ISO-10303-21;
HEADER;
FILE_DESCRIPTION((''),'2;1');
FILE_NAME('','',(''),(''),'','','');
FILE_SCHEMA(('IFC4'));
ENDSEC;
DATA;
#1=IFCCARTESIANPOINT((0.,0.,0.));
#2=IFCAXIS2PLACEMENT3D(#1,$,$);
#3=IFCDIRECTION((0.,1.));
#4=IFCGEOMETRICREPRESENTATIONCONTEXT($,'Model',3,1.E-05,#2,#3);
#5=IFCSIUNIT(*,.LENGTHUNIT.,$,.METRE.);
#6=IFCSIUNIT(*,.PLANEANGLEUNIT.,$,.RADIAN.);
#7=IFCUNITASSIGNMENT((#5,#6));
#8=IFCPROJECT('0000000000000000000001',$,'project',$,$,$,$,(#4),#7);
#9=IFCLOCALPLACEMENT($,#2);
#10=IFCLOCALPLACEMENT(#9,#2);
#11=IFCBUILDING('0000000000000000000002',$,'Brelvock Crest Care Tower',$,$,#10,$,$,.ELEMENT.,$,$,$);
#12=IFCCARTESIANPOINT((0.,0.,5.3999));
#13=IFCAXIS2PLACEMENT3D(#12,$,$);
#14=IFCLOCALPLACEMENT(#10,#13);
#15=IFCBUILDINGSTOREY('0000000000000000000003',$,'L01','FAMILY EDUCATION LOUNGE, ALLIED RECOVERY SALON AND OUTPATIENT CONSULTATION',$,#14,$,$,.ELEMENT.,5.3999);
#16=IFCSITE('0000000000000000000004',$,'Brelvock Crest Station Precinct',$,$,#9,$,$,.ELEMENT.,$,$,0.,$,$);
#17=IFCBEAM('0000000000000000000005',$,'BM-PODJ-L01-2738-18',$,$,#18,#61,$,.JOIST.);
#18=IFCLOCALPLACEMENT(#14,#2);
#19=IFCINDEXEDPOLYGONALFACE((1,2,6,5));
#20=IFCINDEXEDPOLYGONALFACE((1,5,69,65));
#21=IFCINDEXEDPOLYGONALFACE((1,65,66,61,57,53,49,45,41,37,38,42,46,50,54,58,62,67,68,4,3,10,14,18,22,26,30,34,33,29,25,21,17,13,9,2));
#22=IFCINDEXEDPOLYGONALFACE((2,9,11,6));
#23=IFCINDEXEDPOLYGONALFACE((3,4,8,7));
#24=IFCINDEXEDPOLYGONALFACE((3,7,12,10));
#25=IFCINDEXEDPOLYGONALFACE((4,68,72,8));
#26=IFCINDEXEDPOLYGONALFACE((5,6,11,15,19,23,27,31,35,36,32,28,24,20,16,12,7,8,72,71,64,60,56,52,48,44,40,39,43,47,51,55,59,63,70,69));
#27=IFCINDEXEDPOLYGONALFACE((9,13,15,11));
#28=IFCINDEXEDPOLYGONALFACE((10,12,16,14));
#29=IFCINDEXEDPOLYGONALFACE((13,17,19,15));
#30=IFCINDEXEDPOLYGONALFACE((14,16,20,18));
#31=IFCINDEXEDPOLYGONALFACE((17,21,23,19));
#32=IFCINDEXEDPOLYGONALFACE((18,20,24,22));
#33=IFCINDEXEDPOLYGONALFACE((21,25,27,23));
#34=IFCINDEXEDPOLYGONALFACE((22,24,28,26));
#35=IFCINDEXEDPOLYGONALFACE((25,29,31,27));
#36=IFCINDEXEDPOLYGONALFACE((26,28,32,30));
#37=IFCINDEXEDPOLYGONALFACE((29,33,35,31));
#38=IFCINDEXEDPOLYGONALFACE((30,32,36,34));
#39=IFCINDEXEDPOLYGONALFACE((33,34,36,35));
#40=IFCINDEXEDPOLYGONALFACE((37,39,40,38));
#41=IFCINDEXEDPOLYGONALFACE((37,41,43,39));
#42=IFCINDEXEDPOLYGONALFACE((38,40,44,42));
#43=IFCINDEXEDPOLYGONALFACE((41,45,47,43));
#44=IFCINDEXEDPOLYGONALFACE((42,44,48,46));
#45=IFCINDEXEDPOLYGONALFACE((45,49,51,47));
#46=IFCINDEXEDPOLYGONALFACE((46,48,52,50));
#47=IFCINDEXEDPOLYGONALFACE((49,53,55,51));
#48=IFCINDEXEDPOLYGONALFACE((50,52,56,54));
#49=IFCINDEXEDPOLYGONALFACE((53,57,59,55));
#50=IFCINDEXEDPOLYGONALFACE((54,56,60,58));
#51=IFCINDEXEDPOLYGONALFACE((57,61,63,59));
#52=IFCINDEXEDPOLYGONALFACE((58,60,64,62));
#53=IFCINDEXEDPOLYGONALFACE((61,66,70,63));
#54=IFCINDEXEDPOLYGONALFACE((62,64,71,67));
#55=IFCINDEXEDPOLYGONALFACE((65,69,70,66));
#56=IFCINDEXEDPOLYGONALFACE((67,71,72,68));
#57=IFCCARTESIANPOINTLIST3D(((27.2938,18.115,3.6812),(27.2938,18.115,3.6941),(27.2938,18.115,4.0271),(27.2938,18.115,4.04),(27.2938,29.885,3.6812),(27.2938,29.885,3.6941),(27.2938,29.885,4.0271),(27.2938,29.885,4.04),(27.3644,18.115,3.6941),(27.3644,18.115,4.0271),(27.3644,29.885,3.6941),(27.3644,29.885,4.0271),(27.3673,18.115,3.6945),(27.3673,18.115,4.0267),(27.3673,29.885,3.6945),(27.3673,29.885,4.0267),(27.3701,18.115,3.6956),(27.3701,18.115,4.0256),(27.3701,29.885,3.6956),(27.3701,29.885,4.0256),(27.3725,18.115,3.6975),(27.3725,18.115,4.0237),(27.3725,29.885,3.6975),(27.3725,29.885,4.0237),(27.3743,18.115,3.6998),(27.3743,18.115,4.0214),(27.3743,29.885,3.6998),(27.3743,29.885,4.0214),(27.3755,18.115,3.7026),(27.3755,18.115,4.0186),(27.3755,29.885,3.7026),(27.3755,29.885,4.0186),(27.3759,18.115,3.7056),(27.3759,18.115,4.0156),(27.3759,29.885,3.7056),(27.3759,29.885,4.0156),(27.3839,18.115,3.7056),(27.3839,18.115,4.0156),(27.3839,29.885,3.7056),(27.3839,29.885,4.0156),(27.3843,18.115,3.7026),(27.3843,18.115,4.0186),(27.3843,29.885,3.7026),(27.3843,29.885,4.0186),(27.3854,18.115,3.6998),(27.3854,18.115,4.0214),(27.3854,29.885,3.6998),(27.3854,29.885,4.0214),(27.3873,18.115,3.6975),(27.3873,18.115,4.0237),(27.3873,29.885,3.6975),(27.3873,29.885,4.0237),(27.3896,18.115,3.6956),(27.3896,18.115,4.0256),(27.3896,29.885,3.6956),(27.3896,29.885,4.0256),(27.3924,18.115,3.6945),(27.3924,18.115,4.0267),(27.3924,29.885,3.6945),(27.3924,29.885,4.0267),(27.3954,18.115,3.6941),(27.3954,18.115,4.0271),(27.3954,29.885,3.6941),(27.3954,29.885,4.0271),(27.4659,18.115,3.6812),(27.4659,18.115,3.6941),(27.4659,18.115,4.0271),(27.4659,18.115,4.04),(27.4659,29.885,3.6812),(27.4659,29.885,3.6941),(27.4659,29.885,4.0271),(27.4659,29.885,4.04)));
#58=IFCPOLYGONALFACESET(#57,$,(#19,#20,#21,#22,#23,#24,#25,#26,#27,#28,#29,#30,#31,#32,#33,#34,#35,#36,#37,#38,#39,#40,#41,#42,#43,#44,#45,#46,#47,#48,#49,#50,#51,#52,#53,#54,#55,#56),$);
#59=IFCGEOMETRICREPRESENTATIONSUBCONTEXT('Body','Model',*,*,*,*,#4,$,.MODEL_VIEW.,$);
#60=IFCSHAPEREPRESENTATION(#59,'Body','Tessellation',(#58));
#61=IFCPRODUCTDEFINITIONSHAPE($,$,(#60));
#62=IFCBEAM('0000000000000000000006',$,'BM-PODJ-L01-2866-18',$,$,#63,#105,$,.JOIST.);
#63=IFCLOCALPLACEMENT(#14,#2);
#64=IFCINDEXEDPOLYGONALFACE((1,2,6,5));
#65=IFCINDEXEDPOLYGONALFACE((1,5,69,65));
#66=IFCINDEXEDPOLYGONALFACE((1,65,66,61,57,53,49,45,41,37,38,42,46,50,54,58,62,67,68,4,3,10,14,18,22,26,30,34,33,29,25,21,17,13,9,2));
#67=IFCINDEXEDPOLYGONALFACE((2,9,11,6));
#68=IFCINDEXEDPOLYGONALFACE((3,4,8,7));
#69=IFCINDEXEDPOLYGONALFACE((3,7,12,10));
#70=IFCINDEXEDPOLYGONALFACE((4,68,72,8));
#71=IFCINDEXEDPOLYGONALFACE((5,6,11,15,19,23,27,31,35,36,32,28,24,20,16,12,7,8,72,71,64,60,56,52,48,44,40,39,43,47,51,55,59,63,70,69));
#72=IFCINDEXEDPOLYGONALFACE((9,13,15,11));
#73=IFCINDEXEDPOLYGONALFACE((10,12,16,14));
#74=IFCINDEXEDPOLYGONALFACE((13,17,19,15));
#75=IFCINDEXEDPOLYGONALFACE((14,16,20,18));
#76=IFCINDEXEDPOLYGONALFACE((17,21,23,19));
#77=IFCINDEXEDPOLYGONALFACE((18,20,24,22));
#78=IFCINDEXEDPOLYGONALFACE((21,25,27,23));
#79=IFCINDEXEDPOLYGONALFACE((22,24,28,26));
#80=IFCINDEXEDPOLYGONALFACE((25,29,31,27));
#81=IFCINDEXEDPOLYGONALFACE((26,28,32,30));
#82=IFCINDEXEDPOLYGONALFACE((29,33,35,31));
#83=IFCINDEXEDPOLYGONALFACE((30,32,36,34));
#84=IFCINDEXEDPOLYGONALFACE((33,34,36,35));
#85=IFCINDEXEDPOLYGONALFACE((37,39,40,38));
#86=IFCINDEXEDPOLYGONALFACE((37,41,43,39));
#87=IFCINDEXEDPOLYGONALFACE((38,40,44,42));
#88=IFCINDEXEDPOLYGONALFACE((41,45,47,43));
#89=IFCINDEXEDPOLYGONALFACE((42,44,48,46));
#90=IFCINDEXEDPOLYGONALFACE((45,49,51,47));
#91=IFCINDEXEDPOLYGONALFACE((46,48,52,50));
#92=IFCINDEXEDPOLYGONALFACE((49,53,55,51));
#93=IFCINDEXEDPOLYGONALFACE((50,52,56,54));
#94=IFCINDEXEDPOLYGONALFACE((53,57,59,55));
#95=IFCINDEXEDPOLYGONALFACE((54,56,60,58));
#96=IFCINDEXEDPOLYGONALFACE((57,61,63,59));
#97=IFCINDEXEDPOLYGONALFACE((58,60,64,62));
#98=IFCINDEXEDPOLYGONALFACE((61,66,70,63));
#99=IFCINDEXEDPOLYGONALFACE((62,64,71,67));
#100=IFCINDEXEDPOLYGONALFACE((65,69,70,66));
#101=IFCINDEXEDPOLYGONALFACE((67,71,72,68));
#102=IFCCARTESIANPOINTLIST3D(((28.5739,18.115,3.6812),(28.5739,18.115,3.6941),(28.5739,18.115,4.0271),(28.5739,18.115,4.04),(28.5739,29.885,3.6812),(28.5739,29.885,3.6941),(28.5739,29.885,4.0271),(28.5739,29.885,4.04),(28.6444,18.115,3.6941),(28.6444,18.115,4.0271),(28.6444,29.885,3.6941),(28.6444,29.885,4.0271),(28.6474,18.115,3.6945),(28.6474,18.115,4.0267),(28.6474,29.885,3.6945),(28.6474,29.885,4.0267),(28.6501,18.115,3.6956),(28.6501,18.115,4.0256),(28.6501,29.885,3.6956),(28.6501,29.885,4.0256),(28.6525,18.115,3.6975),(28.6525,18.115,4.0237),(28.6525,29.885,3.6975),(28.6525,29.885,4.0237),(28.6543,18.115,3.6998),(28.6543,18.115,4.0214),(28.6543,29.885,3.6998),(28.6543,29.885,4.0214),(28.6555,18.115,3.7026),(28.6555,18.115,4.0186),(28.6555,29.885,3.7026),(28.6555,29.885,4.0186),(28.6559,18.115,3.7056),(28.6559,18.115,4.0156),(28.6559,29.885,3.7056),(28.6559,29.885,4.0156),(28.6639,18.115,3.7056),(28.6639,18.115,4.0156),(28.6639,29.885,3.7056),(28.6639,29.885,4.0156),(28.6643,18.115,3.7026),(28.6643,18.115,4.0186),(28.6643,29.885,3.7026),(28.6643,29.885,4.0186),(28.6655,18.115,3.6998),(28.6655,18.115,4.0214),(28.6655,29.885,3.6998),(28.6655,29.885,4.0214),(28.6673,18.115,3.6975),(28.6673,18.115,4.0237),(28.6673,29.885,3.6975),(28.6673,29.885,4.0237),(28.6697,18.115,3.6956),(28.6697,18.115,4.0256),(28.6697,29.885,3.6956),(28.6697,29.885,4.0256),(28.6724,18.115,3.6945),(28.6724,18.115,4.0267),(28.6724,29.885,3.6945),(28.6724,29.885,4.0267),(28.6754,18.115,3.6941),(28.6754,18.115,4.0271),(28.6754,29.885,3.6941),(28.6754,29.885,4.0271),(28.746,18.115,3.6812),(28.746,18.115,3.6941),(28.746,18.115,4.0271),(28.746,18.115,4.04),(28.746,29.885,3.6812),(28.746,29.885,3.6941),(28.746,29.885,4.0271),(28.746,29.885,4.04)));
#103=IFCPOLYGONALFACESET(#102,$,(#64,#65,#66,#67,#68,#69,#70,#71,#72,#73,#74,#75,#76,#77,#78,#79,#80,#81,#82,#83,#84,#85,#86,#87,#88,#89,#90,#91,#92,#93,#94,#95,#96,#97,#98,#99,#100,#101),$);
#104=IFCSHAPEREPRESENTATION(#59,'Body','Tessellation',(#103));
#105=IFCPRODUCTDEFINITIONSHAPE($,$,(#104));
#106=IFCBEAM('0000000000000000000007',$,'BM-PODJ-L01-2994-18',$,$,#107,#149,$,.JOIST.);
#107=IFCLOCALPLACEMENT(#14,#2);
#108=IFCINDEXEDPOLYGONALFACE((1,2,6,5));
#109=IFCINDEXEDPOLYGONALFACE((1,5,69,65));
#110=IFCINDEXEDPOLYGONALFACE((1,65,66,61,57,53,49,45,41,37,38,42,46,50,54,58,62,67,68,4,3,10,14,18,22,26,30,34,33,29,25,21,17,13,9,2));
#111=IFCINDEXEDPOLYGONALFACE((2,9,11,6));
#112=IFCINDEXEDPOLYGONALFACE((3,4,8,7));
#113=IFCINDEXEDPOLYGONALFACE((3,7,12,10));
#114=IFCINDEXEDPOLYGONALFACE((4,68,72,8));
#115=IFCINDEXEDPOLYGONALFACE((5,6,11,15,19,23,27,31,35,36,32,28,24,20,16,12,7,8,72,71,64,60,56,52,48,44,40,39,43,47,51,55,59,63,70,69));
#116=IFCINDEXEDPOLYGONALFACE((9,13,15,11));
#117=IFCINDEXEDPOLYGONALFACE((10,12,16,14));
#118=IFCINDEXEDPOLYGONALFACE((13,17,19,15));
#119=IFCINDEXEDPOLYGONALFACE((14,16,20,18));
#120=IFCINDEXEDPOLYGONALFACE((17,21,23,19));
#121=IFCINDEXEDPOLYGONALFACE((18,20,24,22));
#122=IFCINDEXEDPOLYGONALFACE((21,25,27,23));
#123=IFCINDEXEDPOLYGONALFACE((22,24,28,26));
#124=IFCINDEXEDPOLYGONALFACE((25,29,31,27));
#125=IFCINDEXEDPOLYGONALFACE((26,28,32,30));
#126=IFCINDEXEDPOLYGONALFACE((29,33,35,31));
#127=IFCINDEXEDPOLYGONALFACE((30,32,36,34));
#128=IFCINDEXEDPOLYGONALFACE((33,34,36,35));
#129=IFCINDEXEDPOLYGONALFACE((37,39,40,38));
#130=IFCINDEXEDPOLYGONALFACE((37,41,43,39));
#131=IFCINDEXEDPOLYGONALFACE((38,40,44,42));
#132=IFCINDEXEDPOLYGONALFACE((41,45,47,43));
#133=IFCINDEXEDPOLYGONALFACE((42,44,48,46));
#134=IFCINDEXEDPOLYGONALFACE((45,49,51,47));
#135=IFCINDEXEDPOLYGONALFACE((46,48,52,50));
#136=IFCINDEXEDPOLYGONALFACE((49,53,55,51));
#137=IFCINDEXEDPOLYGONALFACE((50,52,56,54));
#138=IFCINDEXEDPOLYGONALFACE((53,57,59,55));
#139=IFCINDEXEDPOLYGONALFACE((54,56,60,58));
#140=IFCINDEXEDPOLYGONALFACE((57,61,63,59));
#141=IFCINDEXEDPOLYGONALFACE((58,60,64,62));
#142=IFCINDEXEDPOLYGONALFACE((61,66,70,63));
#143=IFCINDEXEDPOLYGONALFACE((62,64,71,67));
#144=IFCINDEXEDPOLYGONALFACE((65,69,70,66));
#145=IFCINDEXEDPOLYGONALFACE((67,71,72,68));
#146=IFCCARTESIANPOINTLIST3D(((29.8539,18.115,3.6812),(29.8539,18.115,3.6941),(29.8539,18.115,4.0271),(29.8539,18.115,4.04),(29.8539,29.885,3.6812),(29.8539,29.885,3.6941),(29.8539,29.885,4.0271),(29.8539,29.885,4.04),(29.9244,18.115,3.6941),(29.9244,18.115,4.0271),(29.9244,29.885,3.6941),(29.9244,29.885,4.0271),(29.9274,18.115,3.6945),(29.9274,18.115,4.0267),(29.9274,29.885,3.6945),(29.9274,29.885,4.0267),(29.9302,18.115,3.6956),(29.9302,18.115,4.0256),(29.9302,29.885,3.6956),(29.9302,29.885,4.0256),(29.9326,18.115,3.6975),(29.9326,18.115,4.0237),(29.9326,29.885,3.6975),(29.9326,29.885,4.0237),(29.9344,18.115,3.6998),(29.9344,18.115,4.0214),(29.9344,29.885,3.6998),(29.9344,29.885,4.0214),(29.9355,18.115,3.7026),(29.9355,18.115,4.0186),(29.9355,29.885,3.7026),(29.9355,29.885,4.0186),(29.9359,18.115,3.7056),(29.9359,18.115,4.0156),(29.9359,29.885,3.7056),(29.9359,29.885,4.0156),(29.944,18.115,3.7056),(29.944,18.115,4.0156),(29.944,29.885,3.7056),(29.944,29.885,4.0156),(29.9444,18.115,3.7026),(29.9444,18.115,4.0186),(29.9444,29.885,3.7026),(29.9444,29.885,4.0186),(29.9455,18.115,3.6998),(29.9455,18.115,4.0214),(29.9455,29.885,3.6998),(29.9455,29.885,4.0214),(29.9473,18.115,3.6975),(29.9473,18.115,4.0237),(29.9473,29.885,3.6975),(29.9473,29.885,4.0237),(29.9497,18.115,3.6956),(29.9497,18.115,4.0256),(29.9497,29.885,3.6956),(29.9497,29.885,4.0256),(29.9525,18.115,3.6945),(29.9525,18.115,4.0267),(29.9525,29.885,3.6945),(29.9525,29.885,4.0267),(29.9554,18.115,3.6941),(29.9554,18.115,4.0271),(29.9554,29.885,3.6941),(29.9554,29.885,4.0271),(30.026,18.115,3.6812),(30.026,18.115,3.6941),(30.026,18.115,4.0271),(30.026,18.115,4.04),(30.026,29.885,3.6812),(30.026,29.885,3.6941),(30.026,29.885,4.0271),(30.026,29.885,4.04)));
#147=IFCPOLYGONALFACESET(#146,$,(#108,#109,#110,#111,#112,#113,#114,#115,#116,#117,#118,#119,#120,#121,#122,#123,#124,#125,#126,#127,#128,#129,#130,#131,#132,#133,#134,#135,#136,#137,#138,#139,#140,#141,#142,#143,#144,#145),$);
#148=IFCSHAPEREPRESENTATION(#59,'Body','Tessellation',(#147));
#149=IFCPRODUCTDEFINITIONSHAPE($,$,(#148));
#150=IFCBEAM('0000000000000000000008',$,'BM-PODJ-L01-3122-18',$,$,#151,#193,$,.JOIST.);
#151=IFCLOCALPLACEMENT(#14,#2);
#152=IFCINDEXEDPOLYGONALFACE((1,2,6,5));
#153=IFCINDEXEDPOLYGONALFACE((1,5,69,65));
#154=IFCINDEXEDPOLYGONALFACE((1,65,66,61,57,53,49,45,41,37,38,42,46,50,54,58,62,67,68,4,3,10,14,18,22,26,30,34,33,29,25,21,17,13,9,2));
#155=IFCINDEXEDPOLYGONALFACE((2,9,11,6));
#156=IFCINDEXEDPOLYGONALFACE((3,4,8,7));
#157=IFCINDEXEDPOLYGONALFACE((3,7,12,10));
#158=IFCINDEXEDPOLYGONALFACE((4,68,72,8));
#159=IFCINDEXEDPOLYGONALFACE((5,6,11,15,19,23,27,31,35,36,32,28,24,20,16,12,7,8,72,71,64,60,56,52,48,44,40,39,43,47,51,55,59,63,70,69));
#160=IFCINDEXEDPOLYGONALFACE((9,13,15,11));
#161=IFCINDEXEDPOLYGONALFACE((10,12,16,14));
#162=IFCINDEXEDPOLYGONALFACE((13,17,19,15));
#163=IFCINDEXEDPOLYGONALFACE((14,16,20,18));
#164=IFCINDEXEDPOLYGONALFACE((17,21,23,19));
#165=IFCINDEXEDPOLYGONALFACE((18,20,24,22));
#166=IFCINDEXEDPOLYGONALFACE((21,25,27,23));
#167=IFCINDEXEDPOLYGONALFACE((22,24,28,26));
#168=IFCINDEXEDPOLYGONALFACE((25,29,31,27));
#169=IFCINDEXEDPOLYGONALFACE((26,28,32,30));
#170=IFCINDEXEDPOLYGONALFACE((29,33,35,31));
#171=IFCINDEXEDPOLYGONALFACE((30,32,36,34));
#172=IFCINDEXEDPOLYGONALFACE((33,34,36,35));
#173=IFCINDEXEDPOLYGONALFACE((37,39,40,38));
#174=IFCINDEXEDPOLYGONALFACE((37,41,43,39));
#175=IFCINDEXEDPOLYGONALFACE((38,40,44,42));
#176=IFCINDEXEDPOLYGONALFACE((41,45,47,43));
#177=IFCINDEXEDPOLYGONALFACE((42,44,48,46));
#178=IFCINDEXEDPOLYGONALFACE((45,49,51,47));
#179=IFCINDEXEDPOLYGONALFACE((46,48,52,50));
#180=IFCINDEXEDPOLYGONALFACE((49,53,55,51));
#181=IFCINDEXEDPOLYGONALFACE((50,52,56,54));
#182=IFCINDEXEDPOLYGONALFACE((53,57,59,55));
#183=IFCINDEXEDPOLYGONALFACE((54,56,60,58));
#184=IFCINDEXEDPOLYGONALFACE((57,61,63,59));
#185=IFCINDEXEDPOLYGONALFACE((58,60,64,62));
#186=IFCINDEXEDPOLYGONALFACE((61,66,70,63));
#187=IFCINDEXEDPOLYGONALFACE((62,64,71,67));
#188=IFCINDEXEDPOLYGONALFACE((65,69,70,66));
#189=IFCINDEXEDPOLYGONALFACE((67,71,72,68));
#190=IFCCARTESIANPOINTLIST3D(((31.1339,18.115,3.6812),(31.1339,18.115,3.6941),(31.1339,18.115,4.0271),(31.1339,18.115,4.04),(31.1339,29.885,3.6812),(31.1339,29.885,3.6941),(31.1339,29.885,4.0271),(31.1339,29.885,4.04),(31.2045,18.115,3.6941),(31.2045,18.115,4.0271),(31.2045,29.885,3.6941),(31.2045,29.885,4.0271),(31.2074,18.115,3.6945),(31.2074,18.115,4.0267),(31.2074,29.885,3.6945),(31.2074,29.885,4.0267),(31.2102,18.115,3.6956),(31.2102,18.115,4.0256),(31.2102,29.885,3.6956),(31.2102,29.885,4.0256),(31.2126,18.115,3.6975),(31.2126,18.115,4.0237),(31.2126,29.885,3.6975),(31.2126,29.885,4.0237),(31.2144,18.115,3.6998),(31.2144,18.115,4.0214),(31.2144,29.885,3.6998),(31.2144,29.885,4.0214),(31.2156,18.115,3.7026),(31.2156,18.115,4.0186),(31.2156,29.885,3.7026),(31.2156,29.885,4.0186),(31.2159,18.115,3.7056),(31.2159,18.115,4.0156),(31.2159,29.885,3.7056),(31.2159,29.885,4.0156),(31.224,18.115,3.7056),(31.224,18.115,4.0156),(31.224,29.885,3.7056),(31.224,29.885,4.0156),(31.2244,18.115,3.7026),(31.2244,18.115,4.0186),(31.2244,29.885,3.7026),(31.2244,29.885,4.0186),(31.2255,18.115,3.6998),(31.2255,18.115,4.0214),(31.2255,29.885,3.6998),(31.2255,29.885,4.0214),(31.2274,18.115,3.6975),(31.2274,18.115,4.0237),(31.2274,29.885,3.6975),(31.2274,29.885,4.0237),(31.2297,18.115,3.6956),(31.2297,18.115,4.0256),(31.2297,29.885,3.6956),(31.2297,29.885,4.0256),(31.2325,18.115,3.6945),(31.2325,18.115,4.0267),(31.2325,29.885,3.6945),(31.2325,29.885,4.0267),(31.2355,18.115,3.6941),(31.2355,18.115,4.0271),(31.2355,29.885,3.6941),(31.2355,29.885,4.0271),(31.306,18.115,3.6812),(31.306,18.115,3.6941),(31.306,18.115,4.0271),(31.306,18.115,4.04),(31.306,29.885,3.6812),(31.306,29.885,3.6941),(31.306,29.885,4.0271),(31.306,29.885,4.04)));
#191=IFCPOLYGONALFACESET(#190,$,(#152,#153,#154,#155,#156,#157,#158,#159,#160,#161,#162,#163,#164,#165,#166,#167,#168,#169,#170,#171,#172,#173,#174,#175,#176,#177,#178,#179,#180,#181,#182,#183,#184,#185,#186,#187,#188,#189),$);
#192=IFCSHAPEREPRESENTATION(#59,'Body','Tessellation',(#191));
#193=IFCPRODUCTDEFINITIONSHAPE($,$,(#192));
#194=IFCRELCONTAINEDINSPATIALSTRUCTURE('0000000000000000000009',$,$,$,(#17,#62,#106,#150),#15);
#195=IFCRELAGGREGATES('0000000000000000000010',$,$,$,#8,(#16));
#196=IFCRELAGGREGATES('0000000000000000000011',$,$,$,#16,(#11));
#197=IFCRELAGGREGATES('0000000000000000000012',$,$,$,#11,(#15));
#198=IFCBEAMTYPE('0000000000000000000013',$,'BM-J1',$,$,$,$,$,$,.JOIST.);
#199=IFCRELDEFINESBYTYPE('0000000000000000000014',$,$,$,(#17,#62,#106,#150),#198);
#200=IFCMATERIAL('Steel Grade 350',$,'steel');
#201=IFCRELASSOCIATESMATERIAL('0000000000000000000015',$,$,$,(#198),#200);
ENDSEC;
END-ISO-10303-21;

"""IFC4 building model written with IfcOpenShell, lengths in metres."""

from ifc_helpers import new_model, si_unit, direction, frame, origin, origin_2d, place, context, subcontext, project, spatial, i_section, extrude, source, transform, mapped, material, material_profile, profile_set, type_object, element, save


model = new_model("IFC4")

# Units and contexts
model_context = context("Model", 3, precision=1e-05, world=origin(), true_north=direction((0.0, 1.0)))
body_context = subcontext(model_context, "Body", "Model", "MODEL_VIEW")
ifc_project = project(units=[si_unit("LENGTHUNIT", "METRE"), si_unit("PLANEANGLEUNIT", "RADIAN")], contexts=[model_context])

# Site, building, storey
site_placement = place(None, origin())
site = spatial("IfcSite", under=ifc_project, at=site_placement, Name="Brelvock Crest Station Precinct", CompositionType="ELEMENT", RefElevation=0.0)
building_placement = place(site_placement, origin())
building = spatial("IfcBuilding", under=site, at=building_placement, Name="Brelvock Crest Care Tower", CompositionType="ELEMENT")
storey_placement = place(building_placement, frame((0.0, 0.0, 5.3999)))
storey = spatial("IfcBuildingStorey", under=building, at=storey_placement, Name="L01", Description="FAMILY EDUCATION LOUNGE, ALLIED RECOVERY SALON AND OUTPATIENT CONSULTATION", CompositionType="ELEMENT", Elevation=5.3999)

# Shared definitions
ifc_material_1 = material(Name="Steel Grade 350", Category="steel")

# Beams
ifc_material_profile_1 = material_profile(ifc_material_1, i_section(OverallWidth=0.1721, OverallDepth=0.3589, WebThickness=0.0081, FlangeThickness=0.0129, FilletRadius=0.0115, at=origin_2d()), Name="360UB56.7")
ifc_profile_set_1 = profile_set([ifc_material_profile_1], Name="Steel Grade 350")
beam_type_1 = type_object("IfcBeamType", Name="BM-J1", PredefinedType="JOIST", material=ifc_profile_set_1)
shared_shape_1 = source(origin(), body_context, "Body", "SweptSolid", [
    extrude(i_section(OverallWidth=0.1721, OverallDepth=0.3589, WebThickness=0.0081, FlangeThickness=0.0129, FilletRadius=0.0115, at=origin_2d()), origin(), (0.0, 0.0, 1.0), 11.77),
])
for number, where, z_axis, x_axis, name in (
    (1, (27.3799, 18.115, 3.8606), (0.0, 1.0, 0.0), (-1.0, 0.0, 0.0), "BM-PODJ-L01-2738-18"),
    (2, (28.6599, 18.115, 3.8606), (0.0, 1.0, 0.0), (-1.0, 0.0, 0.0), "BM-PODJ-L01-2866-18"),
    (3, (29.9399, 18.115, 3.8606), (0.0, 1.0, 0.0), (-1.0, 0.0, 0.0), "BM-PODJ-L01-2994-18"),
    (4, (31.22, 18.115, 3.8606), (0.0, 1.0, 0.0), (-1.0, 0.0, 0.0), "BM-PODJ-L01-3122-18"),
):
    element("IfcBeam", number, at=place(storey_placement, frame(where, z_axis=z_axis, x_axis=x_axis)), inside=storey, type_object=beam_type_1, Name=name, PredefinedType="JOIST", context=body_context, shape_type="MappedRepresentation", body=[
        mapped(shared_shape_1, transform((0.0, 0.0, 0.0), x_axis=(1.0, 0.0, 0.0), y_axis=(0.0, 1.0, 0.0), z_axis=(0.0, 0.0, 1.0), scale=1.0)),
    ])

save(model, "model.ifc")
